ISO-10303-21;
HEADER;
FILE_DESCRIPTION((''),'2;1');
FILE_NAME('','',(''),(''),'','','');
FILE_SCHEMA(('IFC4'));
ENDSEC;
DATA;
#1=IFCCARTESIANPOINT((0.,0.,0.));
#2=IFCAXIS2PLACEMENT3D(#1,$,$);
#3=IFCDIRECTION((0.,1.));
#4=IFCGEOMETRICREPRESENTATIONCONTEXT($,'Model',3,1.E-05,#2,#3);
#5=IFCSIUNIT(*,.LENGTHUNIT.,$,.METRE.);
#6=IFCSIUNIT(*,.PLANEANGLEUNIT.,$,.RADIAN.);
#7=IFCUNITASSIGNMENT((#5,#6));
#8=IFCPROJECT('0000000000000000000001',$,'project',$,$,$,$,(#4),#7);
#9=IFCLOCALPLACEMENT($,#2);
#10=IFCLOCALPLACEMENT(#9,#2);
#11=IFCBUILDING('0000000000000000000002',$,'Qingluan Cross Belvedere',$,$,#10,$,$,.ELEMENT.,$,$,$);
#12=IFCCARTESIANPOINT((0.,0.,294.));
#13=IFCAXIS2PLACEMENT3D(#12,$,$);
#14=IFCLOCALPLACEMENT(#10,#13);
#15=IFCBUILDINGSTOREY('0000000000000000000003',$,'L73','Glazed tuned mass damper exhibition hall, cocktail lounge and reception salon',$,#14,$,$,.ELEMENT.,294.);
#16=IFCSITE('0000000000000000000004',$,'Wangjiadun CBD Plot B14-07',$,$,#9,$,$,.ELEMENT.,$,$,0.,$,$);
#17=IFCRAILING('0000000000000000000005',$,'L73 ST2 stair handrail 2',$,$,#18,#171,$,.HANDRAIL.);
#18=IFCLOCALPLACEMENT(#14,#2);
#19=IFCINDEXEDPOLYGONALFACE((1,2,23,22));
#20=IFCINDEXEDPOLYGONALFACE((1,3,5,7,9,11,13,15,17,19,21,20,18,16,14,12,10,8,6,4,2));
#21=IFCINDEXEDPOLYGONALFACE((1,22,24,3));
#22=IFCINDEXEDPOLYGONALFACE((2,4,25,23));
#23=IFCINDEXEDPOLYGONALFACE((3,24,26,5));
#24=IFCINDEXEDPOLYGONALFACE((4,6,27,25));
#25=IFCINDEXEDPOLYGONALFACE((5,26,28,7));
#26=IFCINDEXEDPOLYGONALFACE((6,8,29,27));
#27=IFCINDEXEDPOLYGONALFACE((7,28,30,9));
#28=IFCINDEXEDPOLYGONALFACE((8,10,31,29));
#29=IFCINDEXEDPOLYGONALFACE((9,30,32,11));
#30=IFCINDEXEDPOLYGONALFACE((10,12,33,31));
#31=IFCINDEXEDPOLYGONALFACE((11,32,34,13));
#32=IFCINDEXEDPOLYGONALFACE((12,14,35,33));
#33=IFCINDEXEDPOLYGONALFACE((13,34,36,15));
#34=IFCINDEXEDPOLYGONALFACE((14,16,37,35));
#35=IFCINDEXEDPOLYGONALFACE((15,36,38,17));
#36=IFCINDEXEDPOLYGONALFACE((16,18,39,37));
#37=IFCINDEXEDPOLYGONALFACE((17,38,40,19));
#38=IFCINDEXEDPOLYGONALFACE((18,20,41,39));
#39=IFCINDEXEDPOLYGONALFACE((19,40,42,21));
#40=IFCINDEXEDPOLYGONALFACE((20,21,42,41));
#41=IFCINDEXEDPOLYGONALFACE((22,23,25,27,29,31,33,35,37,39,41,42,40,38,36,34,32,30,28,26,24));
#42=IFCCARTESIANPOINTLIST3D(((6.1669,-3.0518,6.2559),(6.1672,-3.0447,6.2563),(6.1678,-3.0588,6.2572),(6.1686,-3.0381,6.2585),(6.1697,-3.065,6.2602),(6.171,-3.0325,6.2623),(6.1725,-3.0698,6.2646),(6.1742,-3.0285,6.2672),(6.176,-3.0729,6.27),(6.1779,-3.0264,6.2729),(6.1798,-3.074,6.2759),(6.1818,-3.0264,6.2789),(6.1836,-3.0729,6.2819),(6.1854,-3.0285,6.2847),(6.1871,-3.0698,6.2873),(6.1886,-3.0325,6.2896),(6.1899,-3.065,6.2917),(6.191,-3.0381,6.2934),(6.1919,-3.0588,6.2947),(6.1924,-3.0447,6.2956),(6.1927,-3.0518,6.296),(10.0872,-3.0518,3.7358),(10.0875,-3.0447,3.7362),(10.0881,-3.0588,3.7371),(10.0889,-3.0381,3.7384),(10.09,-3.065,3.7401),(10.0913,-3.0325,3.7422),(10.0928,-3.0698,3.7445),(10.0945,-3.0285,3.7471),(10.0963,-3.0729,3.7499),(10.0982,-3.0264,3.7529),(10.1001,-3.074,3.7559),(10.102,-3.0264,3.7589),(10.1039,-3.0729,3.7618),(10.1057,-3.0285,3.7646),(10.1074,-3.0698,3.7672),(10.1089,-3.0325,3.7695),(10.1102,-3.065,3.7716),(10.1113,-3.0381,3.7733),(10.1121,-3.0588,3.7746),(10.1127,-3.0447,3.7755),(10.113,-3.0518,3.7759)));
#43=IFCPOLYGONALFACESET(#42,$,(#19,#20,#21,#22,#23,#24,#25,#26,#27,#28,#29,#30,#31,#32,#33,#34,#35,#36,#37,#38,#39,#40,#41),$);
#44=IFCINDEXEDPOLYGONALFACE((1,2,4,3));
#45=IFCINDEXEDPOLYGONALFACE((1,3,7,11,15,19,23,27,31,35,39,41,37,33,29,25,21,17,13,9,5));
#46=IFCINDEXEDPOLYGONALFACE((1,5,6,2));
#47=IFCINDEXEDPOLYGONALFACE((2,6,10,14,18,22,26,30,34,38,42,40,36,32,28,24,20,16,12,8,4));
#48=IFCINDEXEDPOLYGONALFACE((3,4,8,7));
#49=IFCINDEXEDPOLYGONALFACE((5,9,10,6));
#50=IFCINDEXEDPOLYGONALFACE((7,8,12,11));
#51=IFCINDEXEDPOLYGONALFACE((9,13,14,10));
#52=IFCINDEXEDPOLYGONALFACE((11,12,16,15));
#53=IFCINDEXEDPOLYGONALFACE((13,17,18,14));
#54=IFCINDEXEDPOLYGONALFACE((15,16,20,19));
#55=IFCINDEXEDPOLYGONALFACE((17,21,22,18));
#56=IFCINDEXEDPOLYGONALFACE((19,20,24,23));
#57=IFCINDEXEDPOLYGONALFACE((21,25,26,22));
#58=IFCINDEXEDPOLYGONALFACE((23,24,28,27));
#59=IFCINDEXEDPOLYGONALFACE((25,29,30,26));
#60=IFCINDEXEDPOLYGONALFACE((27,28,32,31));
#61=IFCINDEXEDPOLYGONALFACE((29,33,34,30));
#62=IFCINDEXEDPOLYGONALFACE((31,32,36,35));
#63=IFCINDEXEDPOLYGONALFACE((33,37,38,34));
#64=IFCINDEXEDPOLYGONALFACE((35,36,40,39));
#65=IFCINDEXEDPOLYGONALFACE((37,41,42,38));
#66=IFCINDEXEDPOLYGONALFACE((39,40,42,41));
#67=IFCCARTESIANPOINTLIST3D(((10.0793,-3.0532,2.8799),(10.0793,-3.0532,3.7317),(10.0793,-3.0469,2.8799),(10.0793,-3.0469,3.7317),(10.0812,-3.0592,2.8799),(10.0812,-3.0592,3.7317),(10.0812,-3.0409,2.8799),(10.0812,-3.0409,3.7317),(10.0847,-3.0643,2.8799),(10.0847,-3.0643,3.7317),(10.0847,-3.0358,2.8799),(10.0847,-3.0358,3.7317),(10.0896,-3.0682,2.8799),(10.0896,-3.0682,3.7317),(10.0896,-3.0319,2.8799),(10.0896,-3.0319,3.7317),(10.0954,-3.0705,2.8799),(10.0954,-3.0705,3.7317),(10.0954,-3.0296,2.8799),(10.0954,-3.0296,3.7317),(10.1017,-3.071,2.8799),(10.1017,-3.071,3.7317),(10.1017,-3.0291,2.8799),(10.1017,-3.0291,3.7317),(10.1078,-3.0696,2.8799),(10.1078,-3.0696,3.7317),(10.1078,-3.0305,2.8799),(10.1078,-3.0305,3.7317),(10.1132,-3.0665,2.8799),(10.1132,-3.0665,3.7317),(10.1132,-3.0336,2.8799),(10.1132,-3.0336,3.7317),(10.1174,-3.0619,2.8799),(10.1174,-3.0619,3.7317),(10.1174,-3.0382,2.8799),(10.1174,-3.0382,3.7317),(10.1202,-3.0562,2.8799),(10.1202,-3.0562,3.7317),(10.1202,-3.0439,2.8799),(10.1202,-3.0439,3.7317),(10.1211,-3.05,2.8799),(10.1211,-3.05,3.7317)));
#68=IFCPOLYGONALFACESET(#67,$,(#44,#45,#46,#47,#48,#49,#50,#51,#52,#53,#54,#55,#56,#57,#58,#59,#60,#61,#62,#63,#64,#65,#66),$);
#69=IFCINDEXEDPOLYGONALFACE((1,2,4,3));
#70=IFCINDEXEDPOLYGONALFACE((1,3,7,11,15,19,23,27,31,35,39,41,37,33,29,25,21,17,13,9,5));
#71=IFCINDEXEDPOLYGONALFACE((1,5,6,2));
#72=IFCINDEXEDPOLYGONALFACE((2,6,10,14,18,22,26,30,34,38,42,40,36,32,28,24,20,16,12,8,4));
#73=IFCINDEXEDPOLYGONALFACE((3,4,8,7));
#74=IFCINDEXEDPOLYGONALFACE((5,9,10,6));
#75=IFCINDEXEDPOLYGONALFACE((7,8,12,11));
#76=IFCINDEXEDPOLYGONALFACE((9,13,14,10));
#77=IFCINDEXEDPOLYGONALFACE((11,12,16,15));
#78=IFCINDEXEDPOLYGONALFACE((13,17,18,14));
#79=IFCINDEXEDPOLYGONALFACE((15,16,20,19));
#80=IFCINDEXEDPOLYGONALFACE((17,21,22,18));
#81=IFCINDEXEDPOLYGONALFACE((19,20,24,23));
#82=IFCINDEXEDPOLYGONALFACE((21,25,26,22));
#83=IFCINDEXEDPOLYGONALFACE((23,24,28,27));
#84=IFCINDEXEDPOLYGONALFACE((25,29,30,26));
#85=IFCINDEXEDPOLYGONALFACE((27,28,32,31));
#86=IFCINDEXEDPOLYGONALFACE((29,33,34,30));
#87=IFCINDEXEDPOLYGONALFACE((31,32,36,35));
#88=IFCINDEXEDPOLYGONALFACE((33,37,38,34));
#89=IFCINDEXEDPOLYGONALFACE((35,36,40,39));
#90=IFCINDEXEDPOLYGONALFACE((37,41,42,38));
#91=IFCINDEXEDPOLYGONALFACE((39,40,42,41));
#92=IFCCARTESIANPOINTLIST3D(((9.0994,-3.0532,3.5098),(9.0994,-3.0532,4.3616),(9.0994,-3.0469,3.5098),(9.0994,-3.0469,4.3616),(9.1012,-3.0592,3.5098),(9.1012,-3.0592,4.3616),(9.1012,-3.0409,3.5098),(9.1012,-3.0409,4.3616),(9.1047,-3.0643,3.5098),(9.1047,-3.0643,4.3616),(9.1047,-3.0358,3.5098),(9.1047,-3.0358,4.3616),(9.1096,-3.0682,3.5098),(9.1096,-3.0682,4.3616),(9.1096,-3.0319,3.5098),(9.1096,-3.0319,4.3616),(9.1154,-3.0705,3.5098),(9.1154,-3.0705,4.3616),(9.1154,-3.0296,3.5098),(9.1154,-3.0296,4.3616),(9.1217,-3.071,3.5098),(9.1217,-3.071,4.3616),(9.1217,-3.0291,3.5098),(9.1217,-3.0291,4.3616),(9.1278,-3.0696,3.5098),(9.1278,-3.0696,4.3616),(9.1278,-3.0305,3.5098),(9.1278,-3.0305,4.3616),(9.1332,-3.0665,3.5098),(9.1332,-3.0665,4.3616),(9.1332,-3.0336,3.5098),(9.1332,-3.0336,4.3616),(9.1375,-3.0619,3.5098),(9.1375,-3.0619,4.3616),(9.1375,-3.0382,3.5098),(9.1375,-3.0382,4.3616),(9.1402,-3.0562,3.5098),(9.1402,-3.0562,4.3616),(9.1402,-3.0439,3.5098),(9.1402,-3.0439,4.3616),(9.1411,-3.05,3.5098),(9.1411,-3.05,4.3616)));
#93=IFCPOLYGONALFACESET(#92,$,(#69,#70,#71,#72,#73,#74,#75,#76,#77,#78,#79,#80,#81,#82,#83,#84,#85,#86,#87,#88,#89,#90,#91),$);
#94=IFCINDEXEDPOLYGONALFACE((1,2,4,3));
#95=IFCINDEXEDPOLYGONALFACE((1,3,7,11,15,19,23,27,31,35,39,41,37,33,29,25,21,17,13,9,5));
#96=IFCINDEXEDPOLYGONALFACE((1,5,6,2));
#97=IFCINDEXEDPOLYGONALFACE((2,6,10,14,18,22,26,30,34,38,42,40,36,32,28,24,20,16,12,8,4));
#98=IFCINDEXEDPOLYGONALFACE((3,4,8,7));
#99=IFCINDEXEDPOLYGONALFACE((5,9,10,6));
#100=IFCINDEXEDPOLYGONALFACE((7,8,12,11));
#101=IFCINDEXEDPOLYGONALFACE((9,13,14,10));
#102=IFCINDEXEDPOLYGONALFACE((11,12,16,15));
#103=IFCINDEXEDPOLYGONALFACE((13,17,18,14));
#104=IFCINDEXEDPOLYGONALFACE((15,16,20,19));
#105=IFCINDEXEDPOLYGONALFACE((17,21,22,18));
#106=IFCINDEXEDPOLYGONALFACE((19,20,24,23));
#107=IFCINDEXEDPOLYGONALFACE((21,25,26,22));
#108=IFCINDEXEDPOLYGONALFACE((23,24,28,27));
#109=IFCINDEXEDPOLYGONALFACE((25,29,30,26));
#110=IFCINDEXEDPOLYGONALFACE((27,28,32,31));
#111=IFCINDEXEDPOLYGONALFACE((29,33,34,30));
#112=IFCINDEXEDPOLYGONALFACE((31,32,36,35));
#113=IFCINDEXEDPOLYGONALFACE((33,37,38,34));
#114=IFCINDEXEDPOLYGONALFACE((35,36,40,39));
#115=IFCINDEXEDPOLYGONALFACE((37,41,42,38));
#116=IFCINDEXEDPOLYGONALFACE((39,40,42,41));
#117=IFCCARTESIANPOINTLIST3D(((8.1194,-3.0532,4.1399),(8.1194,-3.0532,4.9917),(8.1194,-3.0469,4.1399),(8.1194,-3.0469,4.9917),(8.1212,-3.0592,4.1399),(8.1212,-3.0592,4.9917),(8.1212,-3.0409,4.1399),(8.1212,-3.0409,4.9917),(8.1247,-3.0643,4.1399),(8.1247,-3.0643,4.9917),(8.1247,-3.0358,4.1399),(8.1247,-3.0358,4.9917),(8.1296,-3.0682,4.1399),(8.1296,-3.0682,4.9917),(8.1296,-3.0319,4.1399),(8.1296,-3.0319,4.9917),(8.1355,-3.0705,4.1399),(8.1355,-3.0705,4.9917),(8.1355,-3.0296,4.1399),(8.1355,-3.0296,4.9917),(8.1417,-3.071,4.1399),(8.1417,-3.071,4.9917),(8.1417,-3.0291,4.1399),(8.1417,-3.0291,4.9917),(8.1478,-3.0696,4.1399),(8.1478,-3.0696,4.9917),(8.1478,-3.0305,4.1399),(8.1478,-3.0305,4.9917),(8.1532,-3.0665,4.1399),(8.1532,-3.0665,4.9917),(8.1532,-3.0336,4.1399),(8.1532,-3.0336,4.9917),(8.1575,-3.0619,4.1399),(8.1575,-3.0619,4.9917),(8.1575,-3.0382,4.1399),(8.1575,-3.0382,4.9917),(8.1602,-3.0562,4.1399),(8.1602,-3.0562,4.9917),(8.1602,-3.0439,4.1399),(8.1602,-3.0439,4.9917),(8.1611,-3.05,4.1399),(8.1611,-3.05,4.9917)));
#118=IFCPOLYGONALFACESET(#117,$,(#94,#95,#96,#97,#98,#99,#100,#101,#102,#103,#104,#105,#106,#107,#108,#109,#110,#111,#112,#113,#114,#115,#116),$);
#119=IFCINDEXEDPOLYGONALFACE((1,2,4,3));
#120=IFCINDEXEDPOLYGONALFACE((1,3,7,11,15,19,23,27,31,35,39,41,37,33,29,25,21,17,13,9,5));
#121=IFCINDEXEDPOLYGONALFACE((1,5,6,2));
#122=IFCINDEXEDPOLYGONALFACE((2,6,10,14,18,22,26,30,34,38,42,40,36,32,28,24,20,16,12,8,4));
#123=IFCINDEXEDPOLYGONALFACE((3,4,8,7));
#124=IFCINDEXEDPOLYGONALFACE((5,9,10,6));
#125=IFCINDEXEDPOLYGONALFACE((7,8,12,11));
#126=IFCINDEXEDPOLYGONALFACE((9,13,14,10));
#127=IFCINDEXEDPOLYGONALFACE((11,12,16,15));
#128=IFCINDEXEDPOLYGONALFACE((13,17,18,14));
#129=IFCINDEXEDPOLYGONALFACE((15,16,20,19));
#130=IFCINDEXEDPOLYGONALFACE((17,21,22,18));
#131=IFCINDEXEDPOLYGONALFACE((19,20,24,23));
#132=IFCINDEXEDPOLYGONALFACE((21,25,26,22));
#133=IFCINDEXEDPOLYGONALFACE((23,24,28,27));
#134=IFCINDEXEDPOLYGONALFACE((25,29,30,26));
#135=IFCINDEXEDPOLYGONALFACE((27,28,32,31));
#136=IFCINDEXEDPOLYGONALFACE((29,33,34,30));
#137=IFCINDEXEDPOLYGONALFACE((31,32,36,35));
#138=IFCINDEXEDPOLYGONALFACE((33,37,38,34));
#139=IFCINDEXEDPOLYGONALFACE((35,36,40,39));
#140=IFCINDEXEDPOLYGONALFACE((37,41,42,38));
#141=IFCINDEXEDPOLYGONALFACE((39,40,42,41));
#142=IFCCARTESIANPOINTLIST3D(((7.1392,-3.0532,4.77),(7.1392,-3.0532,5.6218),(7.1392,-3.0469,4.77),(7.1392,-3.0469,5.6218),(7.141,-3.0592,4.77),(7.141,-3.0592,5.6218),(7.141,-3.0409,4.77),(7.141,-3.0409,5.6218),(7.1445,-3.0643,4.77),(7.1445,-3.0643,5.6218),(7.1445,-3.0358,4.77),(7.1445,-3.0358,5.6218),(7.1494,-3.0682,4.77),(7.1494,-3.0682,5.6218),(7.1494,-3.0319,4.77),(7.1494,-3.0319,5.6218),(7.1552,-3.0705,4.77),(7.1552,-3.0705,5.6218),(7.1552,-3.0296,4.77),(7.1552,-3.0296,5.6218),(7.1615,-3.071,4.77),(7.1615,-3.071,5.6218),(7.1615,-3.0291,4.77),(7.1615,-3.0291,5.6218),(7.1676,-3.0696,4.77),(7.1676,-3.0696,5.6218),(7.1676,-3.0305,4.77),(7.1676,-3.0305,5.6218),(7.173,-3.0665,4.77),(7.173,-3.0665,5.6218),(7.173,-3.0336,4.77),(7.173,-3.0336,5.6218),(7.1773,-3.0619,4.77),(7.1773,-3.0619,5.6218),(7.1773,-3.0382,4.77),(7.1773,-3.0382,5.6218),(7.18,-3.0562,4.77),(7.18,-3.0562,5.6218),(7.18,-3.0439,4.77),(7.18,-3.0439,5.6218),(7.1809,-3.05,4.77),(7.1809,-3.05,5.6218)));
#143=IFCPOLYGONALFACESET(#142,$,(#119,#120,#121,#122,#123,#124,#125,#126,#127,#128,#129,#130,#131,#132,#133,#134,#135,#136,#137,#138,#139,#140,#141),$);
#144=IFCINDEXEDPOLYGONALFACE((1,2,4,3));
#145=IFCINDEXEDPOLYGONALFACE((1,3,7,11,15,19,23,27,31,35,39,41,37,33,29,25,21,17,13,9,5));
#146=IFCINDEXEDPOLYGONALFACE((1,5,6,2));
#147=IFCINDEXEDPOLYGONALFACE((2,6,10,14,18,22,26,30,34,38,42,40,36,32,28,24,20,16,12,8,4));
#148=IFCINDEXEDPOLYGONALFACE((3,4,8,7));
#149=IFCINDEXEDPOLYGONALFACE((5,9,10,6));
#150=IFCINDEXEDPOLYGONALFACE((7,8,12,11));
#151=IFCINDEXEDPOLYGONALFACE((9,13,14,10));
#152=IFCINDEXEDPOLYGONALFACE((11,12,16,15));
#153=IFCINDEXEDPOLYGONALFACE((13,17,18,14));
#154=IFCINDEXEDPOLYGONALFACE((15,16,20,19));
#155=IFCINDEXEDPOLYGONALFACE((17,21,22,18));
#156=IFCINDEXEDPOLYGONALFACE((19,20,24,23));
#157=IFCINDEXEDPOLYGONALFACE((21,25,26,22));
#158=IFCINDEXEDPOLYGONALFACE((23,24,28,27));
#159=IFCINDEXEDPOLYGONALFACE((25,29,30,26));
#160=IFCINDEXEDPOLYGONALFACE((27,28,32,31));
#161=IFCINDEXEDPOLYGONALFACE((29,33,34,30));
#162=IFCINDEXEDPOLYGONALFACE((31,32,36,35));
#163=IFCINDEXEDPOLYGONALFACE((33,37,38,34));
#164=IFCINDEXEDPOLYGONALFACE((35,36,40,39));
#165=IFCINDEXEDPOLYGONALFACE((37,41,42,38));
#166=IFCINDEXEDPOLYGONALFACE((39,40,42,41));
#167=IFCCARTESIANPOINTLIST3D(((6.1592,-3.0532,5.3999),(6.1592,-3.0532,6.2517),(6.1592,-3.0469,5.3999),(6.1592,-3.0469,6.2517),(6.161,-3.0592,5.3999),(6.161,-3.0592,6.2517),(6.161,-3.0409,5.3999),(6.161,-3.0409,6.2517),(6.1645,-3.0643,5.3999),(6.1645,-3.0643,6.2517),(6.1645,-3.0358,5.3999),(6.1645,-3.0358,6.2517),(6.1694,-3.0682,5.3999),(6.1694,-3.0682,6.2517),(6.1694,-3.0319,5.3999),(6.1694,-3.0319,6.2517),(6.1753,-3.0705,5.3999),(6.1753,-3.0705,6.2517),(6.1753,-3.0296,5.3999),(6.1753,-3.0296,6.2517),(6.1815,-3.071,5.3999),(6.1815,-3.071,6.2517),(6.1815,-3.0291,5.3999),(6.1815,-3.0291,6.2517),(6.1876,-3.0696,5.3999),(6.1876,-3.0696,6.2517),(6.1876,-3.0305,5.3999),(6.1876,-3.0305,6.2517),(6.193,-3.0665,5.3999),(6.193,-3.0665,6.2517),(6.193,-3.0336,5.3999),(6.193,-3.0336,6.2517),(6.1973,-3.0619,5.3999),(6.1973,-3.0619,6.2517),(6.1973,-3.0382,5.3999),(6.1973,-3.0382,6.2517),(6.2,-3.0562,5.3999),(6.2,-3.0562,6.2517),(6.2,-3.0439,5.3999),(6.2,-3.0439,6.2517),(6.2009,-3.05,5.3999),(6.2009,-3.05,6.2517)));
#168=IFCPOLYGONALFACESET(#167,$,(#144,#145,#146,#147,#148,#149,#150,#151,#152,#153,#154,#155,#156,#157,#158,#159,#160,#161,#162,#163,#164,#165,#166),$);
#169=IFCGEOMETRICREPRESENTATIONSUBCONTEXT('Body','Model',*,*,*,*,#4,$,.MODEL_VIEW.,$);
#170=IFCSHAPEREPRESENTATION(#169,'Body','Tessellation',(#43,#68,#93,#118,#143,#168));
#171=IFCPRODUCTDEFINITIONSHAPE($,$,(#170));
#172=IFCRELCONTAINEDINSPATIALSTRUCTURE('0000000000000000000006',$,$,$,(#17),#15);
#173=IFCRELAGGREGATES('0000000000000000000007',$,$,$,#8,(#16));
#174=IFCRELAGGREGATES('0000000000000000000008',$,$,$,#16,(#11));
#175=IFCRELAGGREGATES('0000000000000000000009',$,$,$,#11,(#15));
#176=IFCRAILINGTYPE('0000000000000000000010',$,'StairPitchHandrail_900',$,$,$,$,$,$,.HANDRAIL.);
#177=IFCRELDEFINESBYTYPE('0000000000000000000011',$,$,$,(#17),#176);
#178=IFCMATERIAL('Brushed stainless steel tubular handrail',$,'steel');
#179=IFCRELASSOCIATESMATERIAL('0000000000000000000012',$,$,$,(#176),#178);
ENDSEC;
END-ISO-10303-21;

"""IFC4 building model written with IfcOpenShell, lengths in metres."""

from ifc_helpers import new_model, si_unit, direction, frame, origin, origin_2d, place, context, subcontext, project, spatial, circle, extrude, material, type_object, element, save


model = new_model("IFC4")

# Units and contexts
model_context = context("Model", 3, precision=1e-05, world=origin(), true_north=direction((0.0, 1.0)))
body_context = subcontext(model_context, "Body", "Model", "MODEL_VIEW")
ifc_project = project(units=[si_unit("LENGTHUNIT", "METRE"), si_unit("PLANEANGLEUNIT", "RADIAN")], contexts=[model_context])

# Site, building, storey
site_placement = place(None, origin())
site = spatial("IfcSite", under=ifc_project, at=site_placement, Name="Wangjiadun CBD Plot B14-07", CompositionType="ELEMENT", RefElevation=0.0)
building_placement = place(site_placement, origin())
building = spatial("IfcBuilding", under=site, at=building_placement, Name="Qingluan Cross Belvedere", CompositionType="ELEMENT")
storey_placement = place(building_placement, frame((0.0, 0.0, 294.0)))
storey = spatial("IfcBuildingStorey", under=building, at=storey_placement, Name="L73", Description="Glazed tuned mass damper exhibition hall, cocktail lounge and reception salon", CompositionType="ELEMENT", Elevation=294.0)

# Railing
ifc_material_1 = material(Name="Brushed stainless steel tubular handrail", Category="steel")
railing_type_1 = type_object("IfcRailingType", Name="StairPitchHandrail_900", PredefinedType="HANDRAIL", material=ifc_material_1)
railing_1_placement = place(storey_placement, frame((10.1001, -3.05, 2.8799)))
element("IfcRailing", 1, at=railing_1_placement, inside=storey, type_object=railing_type_1, Name="L73 ST2 stair handrail 2", PredefinedType="HANDRAIL", context=body_context, shape_type="SweptSolid", body=[
    extrude(circle(Radius=0.0239, at=origin_2d()), frame((0.0, 0.0, 0.876), z_axis=(-0.841187, 0.0, 0.540744), x_axis=(0.0, -1.0, 0.0)), (0.0, 0.0, 1.0), 4.6604),
    extrude(circle(Radius=0.021, at=origin_2d()), origin(), (0.0, 0.0, 1.0), 0.8518),
    extrude(circle(Radius=0.021, at=origin_2d()), frame((-0.98, 0.0, 0.6299)), (0.0, 0.0, 1.0), 0.8518),
    extrude(circle(Radius=0.021, at=origin_2d()), frame((-1.96, 0.0, 1.26)), (0.0, 0.0, 1.0), 0.8518),
    extrude(circle(Radius=0.021, at=origin_2d()), frame((-2.9402, 0.0, 1.8901)), (0.0, 0.0, 1.0), 0.8518),
    extrude(circle(Radius=0.021, at=origin_2d()), frame((-3.9202, 0.0, 2.52)), (0.0, 0.0, 1.0), 0.8518),
])

save(model, "model.ifc")
